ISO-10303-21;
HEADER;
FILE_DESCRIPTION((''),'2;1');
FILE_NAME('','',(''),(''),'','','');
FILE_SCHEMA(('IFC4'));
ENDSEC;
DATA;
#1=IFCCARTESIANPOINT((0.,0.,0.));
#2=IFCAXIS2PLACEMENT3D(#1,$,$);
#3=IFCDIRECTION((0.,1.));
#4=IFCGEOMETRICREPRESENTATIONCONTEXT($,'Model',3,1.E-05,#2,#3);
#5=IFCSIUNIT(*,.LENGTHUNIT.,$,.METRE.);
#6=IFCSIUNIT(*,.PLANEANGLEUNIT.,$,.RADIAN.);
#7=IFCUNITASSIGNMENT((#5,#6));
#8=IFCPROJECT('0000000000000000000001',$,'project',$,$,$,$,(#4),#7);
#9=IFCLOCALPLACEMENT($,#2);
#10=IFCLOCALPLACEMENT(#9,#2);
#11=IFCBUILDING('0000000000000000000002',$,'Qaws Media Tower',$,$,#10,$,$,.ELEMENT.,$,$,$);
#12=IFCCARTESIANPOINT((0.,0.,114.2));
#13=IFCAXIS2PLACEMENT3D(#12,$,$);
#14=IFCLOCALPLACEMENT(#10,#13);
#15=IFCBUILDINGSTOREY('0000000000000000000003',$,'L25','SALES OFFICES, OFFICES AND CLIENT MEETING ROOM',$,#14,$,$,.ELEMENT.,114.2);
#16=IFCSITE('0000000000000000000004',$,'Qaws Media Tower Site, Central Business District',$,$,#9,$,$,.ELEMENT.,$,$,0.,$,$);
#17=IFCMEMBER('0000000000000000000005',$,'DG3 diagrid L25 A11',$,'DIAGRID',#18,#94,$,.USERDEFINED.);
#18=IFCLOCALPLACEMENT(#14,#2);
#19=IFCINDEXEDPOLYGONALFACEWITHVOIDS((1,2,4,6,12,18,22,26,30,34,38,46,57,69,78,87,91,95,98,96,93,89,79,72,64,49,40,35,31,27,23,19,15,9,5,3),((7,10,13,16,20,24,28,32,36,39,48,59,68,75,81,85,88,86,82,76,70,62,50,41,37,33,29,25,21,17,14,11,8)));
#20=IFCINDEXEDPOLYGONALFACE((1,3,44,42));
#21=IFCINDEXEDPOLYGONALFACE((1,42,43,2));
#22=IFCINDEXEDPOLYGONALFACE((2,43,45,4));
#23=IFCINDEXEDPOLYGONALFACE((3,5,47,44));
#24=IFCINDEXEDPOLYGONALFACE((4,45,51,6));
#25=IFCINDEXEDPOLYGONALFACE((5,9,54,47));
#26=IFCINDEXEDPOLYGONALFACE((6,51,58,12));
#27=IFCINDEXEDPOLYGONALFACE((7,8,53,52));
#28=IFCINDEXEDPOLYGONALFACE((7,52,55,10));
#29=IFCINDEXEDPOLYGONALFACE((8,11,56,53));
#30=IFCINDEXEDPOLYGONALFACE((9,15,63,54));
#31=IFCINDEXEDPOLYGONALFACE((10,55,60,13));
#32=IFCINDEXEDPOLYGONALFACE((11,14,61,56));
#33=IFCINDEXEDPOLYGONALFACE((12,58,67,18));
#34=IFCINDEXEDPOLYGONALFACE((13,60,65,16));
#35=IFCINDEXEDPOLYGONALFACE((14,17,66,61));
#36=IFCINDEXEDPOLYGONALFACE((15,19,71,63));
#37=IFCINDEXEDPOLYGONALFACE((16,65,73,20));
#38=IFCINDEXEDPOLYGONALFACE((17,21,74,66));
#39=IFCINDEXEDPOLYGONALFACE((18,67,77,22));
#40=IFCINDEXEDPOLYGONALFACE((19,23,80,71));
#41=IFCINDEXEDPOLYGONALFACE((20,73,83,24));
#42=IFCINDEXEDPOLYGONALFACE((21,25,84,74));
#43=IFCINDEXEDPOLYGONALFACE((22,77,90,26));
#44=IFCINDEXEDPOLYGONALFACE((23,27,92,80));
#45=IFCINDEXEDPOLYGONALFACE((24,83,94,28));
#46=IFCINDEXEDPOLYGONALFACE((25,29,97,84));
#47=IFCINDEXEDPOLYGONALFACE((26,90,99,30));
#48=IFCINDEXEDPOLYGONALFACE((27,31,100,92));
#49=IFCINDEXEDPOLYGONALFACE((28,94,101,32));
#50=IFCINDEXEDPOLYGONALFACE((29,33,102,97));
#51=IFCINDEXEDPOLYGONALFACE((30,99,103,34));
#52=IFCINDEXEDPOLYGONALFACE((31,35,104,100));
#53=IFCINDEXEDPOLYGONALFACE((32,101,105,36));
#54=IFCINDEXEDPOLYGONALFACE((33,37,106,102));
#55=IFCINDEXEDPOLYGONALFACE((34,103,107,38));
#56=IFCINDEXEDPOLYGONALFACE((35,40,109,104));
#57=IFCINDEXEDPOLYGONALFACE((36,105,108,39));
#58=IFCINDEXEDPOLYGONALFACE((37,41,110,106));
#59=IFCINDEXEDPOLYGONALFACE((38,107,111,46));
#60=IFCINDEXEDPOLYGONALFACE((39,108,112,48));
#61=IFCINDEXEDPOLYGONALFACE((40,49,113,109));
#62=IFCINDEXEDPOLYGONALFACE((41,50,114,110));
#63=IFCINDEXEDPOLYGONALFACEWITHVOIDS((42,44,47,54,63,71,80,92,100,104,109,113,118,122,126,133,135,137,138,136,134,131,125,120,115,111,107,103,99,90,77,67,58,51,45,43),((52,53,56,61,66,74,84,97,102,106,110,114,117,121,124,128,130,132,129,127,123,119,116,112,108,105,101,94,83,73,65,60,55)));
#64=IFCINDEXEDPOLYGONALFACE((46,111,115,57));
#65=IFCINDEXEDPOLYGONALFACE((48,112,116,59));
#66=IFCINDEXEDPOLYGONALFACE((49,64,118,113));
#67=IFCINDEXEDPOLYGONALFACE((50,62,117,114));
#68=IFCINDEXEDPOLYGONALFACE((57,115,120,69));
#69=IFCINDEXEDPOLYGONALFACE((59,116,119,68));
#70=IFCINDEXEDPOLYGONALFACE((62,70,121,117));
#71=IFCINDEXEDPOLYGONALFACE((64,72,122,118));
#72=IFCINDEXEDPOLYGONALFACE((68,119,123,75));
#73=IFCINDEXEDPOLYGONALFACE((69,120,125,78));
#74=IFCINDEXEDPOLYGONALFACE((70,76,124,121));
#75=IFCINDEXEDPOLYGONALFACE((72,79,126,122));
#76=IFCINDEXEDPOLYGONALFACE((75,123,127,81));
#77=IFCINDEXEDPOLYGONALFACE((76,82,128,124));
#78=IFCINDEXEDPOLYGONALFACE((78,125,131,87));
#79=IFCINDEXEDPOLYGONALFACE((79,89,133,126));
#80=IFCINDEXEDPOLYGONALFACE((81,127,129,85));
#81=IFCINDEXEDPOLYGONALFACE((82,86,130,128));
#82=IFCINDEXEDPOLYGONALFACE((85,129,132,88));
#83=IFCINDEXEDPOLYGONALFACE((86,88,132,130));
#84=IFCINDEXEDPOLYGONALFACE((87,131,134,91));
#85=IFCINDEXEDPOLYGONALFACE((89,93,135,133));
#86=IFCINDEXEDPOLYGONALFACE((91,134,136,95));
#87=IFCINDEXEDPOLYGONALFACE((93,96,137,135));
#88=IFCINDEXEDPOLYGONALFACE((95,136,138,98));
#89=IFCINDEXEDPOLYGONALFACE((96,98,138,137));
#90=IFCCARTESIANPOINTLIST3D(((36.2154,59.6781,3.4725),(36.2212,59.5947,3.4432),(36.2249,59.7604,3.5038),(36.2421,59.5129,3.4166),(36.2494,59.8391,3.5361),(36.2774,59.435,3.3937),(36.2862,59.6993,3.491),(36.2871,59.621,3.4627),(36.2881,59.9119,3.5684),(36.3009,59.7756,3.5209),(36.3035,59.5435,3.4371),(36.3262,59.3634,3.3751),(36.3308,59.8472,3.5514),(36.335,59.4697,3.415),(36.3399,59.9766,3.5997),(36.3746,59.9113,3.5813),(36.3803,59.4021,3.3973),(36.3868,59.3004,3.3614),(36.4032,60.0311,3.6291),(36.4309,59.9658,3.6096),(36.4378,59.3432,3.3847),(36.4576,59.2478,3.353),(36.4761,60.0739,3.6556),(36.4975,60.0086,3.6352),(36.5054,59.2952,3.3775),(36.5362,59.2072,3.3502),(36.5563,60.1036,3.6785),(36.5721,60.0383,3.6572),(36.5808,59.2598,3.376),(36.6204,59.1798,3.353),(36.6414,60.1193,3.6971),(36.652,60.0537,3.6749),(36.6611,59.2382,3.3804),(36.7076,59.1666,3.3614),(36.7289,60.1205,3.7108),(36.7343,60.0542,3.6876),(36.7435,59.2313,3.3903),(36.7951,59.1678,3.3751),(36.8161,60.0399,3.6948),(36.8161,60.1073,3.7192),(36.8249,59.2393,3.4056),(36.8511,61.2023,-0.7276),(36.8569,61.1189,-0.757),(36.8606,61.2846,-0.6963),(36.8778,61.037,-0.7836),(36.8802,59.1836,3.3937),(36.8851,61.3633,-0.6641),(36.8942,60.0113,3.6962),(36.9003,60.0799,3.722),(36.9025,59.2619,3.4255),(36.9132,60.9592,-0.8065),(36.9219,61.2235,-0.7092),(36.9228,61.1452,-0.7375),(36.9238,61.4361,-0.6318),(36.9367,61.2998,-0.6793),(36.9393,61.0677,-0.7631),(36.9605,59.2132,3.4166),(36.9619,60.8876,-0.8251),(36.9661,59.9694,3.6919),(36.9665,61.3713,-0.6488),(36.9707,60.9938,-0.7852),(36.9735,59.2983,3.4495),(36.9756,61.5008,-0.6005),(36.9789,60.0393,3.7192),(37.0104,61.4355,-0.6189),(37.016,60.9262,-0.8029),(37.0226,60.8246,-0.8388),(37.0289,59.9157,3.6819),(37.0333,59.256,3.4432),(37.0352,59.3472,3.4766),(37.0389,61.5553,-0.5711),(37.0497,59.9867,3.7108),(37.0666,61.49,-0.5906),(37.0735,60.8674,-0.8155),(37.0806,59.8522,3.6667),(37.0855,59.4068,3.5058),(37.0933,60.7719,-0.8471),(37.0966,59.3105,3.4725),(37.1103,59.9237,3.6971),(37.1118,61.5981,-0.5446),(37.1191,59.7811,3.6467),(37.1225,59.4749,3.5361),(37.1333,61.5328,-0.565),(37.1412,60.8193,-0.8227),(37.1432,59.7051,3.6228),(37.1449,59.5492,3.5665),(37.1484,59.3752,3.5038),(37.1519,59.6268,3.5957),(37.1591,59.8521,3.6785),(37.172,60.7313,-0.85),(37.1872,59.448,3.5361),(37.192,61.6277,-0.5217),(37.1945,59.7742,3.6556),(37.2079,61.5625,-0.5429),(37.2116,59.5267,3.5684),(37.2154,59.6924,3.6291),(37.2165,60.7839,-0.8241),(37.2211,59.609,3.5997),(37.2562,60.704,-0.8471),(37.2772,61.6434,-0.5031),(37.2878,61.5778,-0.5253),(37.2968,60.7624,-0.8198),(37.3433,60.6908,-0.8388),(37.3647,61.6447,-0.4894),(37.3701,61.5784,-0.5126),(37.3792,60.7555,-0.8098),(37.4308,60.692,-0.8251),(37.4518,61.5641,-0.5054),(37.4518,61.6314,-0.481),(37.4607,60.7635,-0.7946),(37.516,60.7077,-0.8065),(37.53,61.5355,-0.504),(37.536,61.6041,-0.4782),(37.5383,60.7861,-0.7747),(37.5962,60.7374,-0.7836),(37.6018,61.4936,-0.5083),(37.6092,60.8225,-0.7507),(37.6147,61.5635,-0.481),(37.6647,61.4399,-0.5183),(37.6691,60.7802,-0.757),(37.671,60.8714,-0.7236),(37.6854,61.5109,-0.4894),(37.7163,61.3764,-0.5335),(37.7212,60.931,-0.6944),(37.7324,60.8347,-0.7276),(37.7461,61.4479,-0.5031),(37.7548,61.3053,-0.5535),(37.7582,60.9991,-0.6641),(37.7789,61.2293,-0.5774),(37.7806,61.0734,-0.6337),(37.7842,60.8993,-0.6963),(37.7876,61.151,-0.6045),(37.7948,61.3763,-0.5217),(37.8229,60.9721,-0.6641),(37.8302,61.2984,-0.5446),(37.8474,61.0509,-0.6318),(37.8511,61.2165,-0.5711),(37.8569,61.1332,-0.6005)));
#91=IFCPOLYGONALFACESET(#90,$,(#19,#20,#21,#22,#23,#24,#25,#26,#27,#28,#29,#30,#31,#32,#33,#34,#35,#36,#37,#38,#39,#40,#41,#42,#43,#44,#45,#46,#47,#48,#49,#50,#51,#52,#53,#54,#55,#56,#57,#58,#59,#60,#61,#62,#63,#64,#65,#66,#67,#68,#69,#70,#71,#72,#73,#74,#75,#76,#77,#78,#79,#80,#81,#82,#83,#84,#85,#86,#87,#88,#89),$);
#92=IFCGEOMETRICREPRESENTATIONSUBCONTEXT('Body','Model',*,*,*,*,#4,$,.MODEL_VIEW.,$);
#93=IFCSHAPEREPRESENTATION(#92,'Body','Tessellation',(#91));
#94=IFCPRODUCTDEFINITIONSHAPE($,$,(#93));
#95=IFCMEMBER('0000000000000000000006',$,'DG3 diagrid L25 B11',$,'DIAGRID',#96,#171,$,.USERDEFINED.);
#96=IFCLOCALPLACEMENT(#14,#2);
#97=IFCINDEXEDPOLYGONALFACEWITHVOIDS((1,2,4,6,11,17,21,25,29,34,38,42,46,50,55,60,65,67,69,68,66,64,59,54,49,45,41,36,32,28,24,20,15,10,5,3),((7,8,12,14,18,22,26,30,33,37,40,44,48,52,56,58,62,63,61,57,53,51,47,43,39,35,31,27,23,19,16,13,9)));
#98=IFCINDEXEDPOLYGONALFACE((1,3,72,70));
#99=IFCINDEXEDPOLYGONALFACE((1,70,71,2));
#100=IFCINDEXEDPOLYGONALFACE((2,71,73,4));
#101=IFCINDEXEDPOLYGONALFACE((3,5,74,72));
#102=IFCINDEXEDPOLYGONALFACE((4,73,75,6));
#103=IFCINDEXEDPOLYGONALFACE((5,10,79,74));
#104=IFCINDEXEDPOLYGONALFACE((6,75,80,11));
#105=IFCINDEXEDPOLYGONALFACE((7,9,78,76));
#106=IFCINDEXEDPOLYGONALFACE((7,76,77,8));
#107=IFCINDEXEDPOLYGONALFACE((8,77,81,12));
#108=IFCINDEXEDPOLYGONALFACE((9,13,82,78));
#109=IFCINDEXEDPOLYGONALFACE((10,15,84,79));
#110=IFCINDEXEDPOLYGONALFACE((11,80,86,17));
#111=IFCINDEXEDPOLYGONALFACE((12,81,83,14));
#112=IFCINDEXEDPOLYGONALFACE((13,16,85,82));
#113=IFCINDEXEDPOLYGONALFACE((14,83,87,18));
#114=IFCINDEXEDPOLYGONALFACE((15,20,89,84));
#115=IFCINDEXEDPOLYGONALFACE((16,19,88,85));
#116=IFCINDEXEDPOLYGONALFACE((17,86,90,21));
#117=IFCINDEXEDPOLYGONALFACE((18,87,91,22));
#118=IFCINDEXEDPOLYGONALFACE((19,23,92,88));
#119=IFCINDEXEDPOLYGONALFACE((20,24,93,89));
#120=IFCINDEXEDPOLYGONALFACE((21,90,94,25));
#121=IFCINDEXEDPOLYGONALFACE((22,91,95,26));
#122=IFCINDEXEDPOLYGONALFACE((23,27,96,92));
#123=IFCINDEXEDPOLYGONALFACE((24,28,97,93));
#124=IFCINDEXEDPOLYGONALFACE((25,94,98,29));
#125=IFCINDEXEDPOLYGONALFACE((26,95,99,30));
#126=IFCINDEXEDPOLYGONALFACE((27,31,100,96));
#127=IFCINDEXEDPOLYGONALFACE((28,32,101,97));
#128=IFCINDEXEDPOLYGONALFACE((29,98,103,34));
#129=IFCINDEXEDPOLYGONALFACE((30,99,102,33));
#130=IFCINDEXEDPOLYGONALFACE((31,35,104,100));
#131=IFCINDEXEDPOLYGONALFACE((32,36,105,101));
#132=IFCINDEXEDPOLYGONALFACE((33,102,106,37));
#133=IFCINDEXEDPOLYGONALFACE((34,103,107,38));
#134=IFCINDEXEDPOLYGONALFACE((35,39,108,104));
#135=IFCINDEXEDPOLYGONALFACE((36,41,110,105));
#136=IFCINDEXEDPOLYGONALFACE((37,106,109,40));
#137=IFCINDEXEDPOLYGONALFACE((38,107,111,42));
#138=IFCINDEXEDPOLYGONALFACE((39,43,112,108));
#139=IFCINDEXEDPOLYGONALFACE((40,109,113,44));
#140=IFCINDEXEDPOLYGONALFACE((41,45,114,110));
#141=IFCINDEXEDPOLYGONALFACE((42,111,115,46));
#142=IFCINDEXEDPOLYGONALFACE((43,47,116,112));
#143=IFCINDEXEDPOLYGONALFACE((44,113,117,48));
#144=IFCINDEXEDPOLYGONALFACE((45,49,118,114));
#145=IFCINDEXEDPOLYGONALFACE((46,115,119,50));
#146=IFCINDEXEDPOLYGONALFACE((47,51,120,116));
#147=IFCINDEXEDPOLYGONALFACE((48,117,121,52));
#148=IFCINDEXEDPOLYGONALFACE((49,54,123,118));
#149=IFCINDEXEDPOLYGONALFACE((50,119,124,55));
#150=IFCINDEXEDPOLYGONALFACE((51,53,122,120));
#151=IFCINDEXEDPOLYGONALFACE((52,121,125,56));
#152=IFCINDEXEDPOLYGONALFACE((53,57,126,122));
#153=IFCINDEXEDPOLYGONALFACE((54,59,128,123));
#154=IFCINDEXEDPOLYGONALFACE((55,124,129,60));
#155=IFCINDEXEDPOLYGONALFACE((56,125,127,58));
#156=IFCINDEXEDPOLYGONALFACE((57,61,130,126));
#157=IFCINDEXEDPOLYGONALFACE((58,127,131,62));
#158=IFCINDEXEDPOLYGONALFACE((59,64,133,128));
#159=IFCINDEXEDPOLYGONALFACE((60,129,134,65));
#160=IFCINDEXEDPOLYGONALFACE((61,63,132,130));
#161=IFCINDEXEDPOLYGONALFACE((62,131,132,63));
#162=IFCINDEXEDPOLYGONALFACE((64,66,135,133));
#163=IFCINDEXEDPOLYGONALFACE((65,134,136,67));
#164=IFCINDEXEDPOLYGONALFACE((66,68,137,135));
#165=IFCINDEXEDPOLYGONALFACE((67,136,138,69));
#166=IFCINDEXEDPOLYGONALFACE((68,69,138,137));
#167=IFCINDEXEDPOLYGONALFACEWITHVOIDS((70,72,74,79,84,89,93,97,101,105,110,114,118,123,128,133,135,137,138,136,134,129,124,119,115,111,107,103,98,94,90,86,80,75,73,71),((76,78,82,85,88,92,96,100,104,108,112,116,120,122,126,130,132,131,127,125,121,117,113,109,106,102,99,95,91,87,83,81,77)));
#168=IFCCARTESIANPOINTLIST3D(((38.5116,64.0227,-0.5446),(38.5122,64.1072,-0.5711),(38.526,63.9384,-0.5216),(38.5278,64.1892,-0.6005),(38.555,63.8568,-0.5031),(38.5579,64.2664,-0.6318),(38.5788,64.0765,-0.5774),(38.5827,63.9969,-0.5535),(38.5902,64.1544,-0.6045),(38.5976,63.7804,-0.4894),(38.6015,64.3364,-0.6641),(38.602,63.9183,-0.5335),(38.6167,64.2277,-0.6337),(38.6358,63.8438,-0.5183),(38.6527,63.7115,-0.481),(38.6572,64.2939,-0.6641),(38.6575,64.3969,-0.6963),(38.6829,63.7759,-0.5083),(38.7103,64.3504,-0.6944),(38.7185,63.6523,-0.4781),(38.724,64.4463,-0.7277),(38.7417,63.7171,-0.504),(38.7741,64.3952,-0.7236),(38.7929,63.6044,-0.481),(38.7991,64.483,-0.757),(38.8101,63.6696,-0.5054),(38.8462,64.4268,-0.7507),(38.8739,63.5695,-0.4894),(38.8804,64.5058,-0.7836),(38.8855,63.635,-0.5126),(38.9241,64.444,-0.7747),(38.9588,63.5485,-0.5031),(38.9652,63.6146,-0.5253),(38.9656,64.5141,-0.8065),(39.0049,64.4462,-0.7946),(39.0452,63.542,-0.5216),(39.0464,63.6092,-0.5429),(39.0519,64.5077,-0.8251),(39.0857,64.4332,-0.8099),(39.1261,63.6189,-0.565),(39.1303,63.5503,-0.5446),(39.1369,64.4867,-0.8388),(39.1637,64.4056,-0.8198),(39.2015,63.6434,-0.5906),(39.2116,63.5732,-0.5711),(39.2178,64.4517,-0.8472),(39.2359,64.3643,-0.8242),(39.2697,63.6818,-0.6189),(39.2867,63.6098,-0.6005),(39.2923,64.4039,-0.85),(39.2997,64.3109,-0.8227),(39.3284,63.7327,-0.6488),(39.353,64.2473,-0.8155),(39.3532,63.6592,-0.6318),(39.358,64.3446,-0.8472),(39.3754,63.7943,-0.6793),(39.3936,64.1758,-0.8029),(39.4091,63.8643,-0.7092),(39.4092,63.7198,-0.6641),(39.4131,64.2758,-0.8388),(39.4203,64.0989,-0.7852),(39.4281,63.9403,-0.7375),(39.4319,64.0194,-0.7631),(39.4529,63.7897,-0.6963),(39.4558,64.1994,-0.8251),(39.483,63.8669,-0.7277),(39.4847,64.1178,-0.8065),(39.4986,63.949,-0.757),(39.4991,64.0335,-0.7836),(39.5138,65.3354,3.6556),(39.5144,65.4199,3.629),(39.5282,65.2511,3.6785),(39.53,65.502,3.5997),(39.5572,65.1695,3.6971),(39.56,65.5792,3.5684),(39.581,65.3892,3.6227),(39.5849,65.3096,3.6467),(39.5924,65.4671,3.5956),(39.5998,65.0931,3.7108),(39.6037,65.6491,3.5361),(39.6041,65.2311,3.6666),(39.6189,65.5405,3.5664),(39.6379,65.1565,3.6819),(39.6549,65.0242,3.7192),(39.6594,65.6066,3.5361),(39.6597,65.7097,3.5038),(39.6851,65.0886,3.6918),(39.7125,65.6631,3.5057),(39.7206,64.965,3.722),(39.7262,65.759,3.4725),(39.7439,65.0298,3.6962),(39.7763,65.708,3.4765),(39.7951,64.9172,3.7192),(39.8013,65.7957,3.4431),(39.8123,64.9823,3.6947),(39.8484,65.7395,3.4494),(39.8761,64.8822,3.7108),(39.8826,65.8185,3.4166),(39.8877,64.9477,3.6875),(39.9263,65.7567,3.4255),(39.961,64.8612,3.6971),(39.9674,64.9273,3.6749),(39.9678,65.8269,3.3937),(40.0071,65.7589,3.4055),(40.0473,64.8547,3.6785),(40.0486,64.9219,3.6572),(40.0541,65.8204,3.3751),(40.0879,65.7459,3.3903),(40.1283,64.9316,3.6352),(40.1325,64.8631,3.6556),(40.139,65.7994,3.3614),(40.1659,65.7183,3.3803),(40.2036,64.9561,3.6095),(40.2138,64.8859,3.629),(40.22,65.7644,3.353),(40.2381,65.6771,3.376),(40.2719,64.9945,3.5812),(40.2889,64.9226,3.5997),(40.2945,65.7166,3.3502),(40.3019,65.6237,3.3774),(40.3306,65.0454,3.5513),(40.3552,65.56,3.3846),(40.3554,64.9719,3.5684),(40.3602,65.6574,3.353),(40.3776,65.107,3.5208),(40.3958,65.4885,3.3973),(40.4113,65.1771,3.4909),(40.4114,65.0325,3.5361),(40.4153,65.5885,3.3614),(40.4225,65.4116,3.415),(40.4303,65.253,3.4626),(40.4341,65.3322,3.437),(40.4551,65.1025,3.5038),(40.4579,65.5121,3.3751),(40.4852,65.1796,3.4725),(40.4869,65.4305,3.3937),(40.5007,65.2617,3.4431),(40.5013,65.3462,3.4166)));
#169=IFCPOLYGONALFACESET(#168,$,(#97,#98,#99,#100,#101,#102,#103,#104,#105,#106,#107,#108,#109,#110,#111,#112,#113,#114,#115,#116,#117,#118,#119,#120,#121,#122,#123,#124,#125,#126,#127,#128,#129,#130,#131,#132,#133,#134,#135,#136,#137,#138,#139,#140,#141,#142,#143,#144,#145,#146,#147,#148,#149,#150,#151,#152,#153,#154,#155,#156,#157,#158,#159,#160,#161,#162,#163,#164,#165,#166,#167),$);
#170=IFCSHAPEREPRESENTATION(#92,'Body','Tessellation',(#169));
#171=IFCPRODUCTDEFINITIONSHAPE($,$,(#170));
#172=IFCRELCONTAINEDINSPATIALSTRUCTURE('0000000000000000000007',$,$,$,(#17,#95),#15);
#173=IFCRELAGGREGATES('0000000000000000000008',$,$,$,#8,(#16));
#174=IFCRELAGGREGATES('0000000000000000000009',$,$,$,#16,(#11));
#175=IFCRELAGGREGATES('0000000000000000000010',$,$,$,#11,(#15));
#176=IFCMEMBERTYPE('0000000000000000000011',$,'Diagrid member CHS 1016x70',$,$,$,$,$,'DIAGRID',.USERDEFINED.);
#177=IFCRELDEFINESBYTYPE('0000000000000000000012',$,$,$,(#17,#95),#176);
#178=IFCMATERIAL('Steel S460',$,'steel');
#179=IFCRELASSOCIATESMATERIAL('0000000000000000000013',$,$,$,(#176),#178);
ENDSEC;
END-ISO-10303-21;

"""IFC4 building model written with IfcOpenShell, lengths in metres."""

from ifc_helpers import new_model, si_unit, direction, frame, origin, origin_2d, place, context, subcontext, project, spatial, hollow_circle, extrude, material, material_profile, profile_set, type_object, element, save


model = new_model("IFC4")

# Units and contexts
model_context = context("Model", 3, precision=1e-05, world=origin(), true_north=direction((0.0, 1.0)))
body_context = subcontext(model_context, "Body", "Model", "MODEL_VIEW")
ifc_project = project(units=[si_unit("LENGTHUNIT", "METRE"), si_unit("PLANEANGLEUNIT", "RADIAN")], contexts=[model_context])

# Site, building, storey
site_placement = place(None, origin())
site = spatial("IfcSite", under=ifc_project, at=site_placement, Name="Qaws Media Tower Site, Central Business District", CompositionType="ELEMENT", RefElevation=0.0)
building_placement = place(site_placement, origin())
building = spatial("IfcBuilding", under=site, at=building_placement, Name="Qaws Media Tower", CompositionType="ELEMENT")
storey_placement = place(building_placement, frame((0.0, 0.0, 114.2)))
storey = spatial("IfcBuildingStorey", under=building, at=storey_placement, Name="L25", Description="SALES OFFICES, OFFICES AND CLIENT MEETING ROOM", CompositionType="ELEMENT", Elevation=114.2)

# Members
ifc_material_1 = material(Name="Steel S460", Category="steel")
ifc_material_profile_1 = material_profile(ifc_material_1, hollow_circle(Radius=0.5081, WallThickness=0.0701, at=origin_2d()), Name="CHS 1016x70")
ifc_profile_set_1 = profile_set([ifc_material_profile_1], Name="Steel S460")
member_type_1 = type_object("IfcMemberType", Name="Diagrid member CHS 1016x70", ElementType="DIAGRID", PredefinedType="USERDEFINED", material=ifc_profile_set_1)
for number, where, z_axis, x_axis, name in (
    (1, (37.354, 61.1677, -0.6641), (-0.140863, -0.337714, 0.930648), (0.922933, -0.384962, 0.0), "DG3 diagrid L25 A11"),
    (2, (39.0054, 64.0281, -0.6641), (0.222057, 0.290865, 0.930639), (-0.794844, 0.606813, 0.0), "DG3 diagrid L25 B11"),
):
    element("IfcMember", number, at=place(storey_placement, frame(where, z_axis=z_axis, x_axis=x_axis)), inside=storey, type_object=member_type_1, Name=name, ObjectType="DIAGRID", PredefinedType="USERDEFINED", context=body_context, shape_type="SweptSolid", body=[
        extrude(hollow_circle(Radius=0.5081, WallThickness=0.0701, at=origin_2d()), origin(), (0.0, 0.0, 1.0), 4.5132),
    ])

save(model, "model.ifc")
